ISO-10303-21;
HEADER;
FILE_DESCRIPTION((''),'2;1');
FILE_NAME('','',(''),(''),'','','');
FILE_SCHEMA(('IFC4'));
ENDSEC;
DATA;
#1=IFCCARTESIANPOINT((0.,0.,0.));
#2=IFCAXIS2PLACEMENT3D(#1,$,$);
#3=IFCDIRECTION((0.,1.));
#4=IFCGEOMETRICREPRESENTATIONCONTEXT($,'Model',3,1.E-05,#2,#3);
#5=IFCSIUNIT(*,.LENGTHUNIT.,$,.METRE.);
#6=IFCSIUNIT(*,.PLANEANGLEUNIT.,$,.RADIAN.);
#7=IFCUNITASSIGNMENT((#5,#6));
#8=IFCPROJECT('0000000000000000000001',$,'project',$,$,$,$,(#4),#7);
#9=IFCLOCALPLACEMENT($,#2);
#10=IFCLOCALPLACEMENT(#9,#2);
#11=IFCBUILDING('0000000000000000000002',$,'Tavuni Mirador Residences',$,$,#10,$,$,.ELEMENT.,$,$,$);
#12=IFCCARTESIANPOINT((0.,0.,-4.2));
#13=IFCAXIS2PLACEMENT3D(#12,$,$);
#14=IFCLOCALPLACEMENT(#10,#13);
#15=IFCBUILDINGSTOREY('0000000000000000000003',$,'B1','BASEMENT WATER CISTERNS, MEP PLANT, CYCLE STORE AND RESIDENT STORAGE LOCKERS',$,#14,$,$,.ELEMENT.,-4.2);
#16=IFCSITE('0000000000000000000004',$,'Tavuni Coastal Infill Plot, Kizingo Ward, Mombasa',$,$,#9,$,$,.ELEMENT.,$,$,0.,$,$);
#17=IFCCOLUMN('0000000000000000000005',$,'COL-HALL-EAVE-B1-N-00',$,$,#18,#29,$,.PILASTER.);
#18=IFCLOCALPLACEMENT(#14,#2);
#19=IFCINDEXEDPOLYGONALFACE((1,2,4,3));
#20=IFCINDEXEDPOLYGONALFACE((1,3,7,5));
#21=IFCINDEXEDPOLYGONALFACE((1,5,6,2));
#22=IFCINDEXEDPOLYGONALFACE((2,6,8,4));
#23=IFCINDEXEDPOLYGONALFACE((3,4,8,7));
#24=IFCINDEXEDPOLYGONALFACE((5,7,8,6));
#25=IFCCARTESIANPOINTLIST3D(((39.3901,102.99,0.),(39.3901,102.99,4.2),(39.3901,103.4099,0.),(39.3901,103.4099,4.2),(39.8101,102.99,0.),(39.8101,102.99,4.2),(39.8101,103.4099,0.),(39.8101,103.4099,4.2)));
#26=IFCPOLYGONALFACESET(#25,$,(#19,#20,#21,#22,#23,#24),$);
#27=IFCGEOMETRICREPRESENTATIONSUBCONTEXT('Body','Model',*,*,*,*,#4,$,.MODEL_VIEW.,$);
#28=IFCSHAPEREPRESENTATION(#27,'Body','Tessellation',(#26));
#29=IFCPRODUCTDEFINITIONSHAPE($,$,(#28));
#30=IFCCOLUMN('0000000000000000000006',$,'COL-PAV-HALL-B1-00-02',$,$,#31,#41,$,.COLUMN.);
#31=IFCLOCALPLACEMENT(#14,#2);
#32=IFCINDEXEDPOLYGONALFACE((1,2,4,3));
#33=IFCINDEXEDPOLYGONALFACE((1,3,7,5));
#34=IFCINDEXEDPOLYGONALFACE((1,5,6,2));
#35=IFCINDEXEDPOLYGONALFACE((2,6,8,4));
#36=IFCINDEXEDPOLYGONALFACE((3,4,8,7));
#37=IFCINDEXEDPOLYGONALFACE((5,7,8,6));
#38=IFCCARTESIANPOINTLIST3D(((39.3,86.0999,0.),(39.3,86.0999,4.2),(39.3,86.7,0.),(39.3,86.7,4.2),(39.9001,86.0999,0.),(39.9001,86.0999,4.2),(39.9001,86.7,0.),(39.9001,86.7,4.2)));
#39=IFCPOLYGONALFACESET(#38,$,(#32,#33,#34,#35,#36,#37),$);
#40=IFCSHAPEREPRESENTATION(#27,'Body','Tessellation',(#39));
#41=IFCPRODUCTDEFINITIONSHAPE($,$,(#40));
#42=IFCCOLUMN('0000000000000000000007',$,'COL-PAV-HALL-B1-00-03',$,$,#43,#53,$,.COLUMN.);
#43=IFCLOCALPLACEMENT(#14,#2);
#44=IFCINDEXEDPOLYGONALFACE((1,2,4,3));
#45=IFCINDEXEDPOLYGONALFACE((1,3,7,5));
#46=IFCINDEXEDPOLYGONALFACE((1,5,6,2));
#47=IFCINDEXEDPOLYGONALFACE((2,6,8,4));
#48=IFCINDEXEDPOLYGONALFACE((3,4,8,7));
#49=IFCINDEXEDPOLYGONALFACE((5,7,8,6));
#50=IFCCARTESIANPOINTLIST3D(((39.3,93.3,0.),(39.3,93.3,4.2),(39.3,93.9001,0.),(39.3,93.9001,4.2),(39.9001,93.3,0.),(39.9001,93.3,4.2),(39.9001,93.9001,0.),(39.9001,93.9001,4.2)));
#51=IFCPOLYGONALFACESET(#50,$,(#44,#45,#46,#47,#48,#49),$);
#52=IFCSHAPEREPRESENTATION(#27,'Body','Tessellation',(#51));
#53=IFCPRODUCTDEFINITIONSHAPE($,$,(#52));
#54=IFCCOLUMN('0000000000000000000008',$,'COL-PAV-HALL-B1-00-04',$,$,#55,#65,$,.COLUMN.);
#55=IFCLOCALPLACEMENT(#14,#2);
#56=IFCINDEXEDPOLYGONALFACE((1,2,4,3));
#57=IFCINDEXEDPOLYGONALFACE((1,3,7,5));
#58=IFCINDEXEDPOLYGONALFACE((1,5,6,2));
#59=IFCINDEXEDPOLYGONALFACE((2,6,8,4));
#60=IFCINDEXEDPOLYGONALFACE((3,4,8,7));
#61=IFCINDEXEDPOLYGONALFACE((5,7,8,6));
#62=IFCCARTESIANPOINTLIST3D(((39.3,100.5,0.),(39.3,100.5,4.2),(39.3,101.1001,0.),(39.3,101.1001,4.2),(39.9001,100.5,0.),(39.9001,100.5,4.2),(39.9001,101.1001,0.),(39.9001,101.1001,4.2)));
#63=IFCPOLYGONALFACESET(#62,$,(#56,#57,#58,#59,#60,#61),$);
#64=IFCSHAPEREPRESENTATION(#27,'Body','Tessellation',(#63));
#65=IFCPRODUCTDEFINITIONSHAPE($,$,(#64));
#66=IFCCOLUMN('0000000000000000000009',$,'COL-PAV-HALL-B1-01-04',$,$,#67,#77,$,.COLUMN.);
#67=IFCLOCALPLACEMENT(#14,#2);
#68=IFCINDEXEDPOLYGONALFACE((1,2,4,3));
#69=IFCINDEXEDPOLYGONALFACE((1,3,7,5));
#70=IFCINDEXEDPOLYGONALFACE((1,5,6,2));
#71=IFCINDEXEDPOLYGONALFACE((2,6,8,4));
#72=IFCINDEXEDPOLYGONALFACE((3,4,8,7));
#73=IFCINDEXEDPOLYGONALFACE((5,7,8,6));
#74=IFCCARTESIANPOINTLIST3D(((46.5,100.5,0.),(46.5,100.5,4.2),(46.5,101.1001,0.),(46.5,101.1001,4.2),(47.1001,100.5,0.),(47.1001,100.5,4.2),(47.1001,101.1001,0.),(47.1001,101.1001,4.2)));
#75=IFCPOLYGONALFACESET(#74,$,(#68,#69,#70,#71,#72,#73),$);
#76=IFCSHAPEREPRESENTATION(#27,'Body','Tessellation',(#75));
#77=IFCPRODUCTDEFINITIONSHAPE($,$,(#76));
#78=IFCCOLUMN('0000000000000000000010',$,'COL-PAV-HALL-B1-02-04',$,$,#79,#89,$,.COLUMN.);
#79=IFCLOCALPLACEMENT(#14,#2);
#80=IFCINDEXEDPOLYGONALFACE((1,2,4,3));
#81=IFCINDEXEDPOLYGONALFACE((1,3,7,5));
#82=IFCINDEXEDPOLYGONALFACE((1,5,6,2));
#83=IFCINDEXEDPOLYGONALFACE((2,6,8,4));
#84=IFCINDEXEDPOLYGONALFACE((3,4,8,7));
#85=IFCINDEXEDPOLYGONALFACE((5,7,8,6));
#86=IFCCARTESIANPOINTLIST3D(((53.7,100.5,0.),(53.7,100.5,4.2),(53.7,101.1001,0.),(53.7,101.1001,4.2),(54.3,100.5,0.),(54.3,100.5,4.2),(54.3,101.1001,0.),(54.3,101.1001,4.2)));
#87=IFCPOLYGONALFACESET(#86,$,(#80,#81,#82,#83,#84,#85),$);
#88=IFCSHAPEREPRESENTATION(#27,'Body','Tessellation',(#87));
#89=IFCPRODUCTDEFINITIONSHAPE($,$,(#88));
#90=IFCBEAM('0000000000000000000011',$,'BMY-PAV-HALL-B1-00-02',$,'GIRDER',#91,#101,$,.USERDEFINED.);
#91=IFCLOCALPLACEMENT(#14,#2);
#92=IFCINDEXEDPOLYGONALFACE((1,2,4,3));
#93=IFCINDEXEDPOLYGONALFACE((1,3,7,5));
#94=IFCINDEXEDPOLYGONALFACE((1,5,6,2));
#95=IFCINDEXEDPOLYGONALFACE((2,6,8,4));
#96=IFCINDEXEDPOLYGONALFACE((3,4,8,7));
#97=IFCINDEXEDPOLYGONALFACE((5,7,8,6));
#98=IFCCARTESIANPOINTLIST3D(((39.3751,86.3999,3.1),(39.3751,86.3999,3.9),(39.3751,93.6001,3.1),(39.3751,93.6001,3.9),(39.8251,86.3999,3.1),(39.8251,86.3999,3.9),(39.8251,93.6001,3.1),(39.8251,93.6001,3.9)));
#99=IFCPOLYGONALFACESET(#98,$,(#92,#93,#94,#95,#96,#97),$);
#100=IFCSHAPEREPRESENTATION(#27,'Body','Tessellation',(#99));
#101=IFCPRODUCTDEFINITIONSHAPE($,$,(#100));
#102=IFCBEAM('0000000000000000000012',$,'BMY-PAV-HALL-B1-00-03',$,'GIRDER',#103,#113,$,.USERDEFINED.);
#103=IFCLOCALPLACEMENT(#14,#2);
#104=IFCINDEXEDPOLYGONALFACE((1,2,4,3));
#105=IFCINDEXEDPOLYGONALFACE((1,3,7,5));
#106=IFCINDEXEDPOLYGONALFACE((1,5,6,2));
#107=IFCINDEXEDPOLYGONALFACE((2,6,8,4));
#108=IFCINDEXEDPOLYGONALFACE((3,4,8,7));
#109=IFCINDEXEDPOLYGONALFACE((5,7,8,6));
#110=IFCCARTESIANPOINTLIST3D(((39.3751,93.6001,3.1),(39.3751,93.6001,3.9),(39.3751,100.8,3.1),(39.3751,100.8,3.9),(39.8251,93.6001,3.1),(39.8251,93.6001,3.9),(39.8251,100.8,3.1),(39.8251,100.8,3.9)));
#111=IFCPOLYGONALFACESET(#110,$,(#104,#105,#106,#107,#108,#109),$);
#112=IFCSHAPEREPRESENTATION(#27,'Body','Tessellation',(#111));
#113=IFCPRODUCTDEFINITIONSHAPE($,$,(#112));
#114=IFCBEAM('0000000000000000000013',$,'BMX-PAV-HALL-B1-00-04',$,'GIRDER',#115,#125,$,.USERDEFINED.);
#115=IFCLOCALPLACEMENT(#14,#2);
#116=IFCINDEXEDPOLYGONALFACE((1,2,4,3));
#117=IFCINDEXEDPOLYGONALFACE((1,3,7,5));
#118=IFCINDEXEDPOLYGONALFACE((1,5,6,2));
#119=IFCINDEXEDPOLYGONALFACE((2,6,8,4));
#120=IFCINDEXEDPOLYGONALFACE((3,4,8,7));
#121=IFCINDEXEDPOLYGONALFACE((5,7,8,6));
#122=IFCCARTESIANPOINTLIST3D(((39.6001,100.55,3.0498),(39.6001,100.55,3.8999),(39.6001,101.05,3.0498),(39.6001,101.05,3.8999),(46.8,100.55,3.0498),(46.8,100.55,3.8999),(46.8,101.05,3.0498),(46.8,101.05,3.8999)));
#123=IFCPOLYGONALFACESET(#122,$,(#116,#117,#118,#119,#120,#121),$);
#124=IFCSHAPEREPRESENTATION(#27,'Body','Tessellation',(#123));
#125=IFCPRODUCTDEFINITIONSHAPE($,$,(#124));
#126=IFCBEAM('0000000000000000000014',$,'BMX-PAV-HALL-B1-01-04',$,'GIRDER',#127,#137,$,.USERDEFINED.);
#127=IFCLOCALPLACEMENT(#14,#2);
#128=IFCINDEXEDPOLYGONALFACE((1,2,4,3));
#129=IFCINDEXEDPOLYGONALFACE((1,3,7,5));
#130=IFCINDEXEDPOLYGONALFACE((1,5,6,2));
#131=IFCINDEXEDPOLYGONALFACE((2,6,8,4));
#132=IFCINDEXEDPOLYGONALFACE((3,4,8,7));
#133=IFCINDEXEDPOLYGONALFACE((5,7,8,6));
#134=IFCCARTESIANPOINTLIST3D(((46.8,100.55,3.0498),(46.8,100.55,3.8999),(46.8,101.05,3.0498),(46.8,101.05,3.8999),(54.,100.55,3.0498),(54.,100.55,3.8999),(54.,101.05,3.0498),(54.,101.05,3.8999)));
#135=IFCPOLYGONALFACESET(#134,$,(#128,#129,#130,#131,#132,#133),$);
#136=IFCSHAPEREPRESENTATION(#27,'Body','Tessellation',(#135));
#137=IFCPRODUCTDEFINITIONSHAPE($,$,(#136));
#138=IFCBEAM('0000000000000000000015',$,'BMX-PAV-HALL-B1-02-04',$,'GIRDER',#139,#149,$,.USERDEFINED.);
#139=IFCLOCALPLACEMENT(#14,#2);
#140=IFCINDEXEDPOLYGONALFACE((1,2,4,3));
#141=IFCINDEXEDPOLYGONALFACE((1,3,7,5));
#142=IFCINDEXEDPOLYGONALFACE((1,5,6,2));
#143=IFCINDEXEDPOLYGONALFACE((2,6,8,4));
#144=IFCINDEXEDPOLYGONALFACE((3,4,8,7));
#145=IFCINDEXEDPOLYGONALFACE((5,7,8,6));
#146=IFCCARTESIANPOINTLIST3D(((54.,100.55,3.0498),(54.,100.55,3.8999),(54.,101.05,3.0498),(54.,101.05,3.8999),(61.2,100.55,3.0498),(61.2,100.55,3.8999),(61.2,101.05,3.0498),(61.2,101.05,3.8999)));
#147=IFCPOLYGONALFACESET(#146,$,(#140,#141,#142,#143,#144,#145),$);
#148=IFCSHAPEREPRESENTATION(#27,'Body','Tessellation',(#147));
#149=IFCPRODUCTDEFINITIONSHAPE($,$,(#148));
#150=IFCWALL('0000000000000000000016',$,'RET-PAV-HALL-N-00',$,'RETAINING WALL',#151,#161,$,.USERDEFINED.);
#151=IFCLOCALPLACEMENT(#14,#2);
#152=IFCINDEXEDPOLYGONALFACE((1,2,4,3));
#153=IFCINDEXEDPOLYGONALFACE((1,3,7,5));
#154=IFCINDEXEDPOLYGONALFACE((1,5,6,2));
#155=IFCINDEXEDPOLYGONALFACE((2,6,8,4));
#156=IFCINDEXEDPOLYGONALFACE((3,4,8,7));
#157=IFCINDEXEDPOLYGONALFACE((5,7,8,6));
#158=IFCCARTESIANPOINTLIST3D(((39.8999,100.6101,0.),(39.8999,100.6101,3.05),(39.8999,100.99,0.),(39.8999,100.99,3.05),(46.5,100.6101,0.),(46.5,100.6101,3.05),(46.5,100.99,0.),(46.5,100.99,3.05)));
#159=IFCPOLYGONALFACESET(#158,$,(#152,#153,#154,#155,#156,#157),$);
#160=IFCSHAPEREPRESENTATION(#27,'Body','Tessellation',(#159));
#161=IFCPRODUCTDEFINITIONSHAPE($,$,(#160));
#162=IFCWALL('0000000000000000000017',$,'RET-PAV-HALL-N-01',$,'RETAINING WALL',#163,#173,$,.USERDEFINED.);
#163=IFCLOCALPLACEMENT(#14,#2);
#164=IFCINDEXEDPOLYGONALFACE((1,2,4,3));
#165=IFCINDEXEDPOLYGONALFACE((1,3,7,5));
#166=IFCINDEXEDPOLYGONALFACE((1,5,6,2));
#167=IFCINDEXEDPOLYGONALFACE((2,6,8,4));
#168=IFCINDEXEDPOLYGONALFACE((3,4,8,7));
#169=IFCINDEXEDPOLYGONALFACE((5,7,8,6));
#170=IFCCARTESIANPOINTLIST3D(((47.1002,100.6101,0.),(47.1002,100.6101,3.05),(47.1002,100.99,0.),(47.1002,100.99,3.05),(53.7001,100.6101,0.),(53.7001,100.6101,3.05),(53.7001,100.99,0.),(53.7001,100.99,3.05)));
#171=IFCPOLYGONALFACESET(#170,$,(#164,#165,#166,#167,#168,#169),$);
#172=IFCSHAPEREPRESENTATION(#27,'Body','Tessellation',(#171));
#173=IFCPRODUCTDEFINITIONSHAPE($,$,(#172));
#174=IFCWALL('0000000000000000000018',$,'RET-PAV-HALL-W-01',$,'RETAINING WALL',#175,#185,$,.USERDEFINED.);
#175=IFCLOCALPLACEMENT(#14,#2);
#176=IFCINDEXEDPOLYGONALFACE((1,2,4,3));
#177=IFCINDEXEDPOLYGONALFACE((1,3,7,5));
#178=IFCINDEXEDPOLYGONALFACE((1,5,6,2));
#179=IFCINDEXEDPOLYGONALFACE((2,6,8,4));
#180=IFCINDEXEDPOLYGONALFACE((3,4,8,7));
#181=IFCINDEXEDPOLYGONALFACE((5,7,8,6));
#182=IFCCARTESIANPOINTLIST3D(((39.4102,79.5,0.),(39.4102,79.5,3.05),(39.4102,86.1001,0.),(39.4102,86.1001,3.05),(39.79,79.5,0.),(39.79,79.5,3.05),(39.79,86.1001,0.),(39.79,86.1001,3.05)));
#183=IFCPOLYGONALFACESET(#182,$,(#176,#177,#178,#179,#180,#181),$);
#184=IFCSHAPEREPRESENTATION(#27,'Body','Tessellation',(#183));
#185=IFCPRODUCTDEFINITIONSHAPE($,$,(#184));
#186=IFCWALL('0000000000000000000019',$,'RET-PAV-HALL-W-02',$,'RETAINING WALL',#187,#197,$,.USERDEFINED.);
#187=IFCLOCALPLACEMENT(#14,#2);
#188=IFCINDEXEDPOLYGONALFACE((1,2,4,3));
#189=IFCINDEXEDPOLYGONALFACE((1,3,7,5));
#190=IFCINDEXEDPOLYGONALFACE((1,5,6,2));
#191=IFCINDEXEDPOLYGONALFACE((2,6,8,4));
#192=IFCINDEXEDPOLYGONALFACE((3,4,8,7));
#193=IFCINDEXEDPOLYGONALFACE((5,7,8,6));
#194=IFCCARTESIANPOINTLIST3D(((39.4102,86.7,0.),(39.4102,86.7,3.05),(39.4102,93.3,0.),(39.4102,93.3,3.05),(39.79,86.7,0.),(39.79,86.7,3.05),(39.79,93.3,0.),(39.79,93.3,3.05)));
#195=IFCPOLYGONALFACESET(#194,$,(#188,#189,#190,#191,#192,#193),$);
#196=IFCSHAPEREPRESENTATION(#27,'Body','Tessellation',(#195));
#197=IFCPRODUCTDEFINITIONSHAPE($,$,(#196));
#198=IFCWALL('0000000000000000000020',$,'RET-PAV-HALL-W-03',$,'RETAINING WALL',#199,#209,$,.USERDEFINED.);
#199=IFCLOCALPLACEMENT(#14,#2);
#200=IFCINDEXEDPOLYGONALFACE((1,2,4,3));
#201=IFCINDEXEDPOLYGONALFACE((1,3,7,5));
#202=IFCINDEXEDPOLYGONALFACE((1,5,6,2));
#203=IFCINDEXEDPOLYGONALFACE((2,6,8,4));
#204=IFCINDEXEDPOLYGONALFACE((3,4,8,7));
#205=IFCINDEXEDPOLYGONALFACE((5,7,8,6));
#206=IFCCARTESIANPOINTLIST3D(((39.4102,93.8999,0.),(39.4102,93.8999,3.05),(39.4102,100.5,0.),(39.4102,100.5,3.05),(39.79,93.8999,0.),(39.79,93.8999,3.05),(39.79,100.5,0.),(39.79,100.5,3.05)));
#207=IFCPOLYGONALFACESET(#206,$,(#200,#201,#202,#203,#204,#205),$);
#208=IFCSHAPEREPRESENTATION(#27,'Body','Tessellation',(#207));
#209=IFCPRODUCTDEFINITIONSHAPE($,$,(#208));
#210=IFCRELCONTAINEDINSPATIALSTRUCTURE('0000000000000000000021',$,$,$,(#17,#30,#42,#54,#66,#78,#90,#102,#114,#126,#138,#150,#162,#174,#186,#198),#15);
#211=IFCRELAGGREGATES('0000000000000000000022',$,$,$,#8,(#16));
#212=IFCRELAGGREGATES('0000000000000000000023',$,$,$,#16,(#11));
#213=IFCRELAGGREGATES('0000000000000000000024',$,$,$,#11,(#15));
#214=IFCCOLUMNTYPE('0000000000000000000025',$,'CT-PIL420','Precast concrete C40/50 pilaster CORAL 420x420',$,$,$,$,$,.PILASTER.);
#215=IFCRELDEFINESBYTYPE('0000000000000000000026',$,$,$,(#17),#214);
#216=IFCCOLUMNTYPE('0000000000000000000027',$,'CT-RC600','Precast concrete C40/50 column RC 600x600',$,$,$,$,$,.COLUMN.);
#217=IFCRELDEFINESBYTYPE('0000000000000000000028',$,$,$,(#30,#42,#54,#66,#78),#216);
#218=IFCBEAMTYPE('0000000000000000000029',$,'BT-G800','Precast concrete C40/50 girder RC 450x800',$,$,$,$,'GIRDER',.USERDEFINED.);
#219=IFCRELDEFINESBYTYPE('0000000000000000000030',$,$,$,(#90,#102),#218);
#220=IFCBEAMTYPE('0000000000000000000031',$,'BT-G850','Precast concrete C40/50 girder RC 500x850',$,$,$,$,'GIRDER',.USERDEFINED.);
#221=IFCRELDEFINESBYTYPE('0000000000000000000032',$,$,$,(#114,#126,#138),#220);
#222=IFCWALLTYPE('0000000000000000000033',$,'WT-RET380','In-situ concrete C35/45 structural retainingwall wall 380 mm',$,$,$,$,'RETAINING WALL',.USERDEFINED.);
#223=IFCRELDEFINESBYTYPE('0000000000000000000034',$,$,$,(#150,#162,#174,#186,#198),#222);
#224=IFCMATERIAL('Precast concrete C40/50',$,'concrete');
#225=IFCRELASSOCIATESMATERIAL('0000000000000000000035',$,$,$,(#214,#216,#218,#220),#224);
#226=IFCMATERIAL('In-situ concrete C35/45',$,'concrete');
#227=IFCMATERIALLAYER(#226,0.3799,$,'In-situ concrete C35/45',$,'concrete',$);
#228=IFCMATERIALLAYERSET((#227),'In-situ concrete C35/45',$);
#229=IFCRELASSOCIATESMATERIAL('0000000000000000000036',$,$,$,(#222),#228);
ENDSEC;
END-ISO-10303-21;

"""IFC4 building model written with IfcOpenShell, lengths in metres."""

from ifc_helpers import new_model, si_unit, direction, frame, frame_2d, origin, origin_2d, place, context, subcontext, project, spatial, rectangle, extrude, material, layer, layer_set, material_profile, profile_set, type_object, element, save


model = new_model("IFC4")

# Units and contexts
model_context = context("Model", 3, precision=1e-05, world=origin(), true_north=direction((0.0, 1.0)))
body_context = subcontext(model_context, "Body", "Model", "MODEL_VIEW")
ifc_project = project(units=[si_unit("LENGTHUNIT", "METRE"), si_unit("PLANEANGLEUNIT", "RADIAN")], contexts=[model_context])

# Site, building, storey
site_placement = place(None, origin())
site = spatial("IfcSite", under=ifc_project, at=site_placement, Name="Tavuni Coastal Infill Plot, Kizingo Ward, Mombasa", CompositionType="ELEMENT", RefElevation=0.0)
building_placement = place(site_placement, origin())
building = spatial("IfcBuilding", under=site, at=building_placement, Name="Tavuni Mirador Residences", CompositionType="ELEMENT")
storey_placement = place(building_placement, frame((0.0, 0.0, -4.2)))
storey = spatial("IfcBuildingStorey", under=building, at=storey_placement, Name="B1", Description="BASEMENT WATER CISTERNS, MEP PLANT, CYCLE STORE AND RESIDENT STORAGE LOCKERS", CompositionType="ELEMENT", Elevation=-4.2)

# Shared definitions
ifc_material_1 = material(Name="In-situ concrete C35/45", Category="concrete")

# Columns
ifc_material_2 = material(Name="Precast concrete C40/50", Category="concrete")
ifc_material_profile_1 = material_profile(ifc_material_2, rectangle(XDim=0.4199, YDim=0.4199, at=origin_2d()), Name="CORAL 420x420", Category="concrete")
ifc_profile_set_1 = profile_set([ifc_material_profile_1], Name="Precast concrete C40/50")
column_type_1 = type_object("IfcColumnType", Name="CT-PIL420", Description="Precast concrete C40/50 pilaster CORAL 420x420", PredefinedType="PILASTER", material=ifc_profile_set_1)
for number, where, z_axis, x_axis, name in (
    (1, (39.6001, 103.2, 0.0), (0.0, 0.0, 1.0), (1.0, 0.0, 0.0), "COL-HALL-EAVE-B1-N-00"),
):
    element("IfcColumn", number, at=place(storey_placement, frame(where, z_axis=z_axis, x_axis=x_axis)), inside=storey, type_object=column_type_1, Name=name, PredefinedType="PILASTER", context=body_context, shape_type="SweptSolid", body=[
        extrude(rectangle(XDim=0.4199, YDim=0.4199, at=origin_2d()), origin(), (0.0, 0.0, 1.0), 4.2),
    ])
ifc_material_profile_2 = material_profile(ifc_material_2, rectangle(XDim=0.6001, YDim=0.6001, at=origin_2d()), Name="RC 600x600", Category="concrete")
ifc_profile_set_2 = profile_set([ifc_material_profile_2], Name="Precast concrete C40/50")
column_type_2 = type_object("IfcColumnType", Name="CT-RC600", Description="Precast concrete C40/50 column RC 600x600", PredefinedType="COLUMN", material=ifc_profile_set_2)
for number, where, z_axis, x_axis, name in (
    (2, (39.6001, 86.3999, 0.0), (0.0, 0.0, 1.0), (1.0, 0.0, 0.0), "COL-PAV-HALL-B1-00-02"),
    (3, (39.6001, 93.6001, 0.0), (0.0, 0.0, 1.0), (1.0, 0.0, 0.0), "COL-PAV-HALL-B1-00-03"),
    (4, (39.6001, 100.8, 0.0), (0.0, 0.0, 1.0), (1.0, 0.0, 0.0), "COL-PAV-HALL-B1-00-04"),
    (5, (46.8, 100.8, 0.0), (0.0, 0.0, 1.0), (1.0, 0.0, 0.0), "COL-PAV-HALL-B1-01-04"),
    (6, (54.0, 100.8, 0.0), (0.0, 0.0, 1.0), (1.0, 0.0, 0.0), "COL-PAV-HALL-B1-02-04"),
):
    element("IfcColumn", number, at=place(storey_placement, frame(where, z_axis=z_axis, x_axis=x_axis)), inside=storey, type_object=column_type_2, Name=name, PredefinedType="COLUMN", context=body_context, shape_type="SweptSolid", body=[
        extrude(rectangle(XDim=0.6001, YDim=0.6001, at=origin_2d()), origin(), (0.0, 0.0, 1.0), 4.2),
    ])

# Beams
ifc_material_profile_3 = material_profile(ifc_material_2, rectangle(XDim=0.45, YDim=0.8, at=origin_2d()), Name="RC 450x800", Category="concrete")
ifc_profile_set_3 = profile_set([ifc_material_profile_3], Name="Precast concrete C40/50")
beam_type_1 = type_object("IfcBeamType", Name="BT-G800", Description="Precast concrete C40/50 girder RC 450x800", ElementType="GIRDER", PredefinedType="USERDEFINED", material=ifc_profile_set_3)
beam_1_placement = place(storey_placement, frame((39.6001, 86.3999, 3.5), z_axis=(0.0, 1.0, 0.0), x_axis=(-1.0, 0.0, 0.0)))
element("IfcBeam", 7, at=beam_1_placement, inside=storey, type_object=beam_type_1, Name="BMY-PAV-HALL-B1-00-02", ObjectType="GIRDER", PredefinedType="USERDEFINED", context=body_context, shape_type="SweptSolid", body=[
    extrude(rectangle(XDim=0.45, YDim=0.8, at=origin_2d()), origin(), (0.0, 0.0, 1.0), 7.2002),
])
beam_2_placement = place(storey_placement, frame((39.6001, 93.6001, 3.5), z_axis=(0.0, 1.0, 0.0), x_axis=(-1.0, 0.0, 0.0)))
element("IfcBeam", 8, at=beam_2_placement, inside=storey, type_object=beam_type_1, Name="BMY-PAV-HALL-B1-00-03", ObjectType="GIRDER", PredefinedType="USERDEFINED", context=body_context, shape_type="SweptSolid", body=[
    extrude(rectangle(XDim=0.45, YDim=0.8, at=origin_2d()), origin(), (0.0, 0.0, 1.0), 7.2),
])
ifc_material_profile_4 = material_profile(ifc_material_2, rectangle(XDim=0.5, YDim=0.8501, at=origin_2d()), Name="RC 500x850", Category="concrete")
ifc_profile_set_4 = profile_set([ifc_material_profile_4], Name="Precast concrete C40/50")
beam_type_2 = type_object("IfcBeamType", Name="BT-G850", Description="Precast concrete C40/50 girder RC 500x850", ElementType="GIRDER", PredefinedType="USERDEFINED", material=ifc_profile_set_4)
for number, where, z_axis, x_axis, name in (
    (9, (39.6001, 100.8, 3.4749), (1.0, 0.0, 0.0), (0.0, 1.0, 0.0), "BMX-PAV-HALL-B1-00-04"),
    (10, (46.8, 100.8, 3.4749), (1.0, 0.0, 0.0), (0.0, 1.0, 0.0), "BMX-PAV-HALL-B1-01-04"),
    (11, (54.0, 100.8, 3.4749), (1.0, 0.0, 0.0), (0.0, 1.0, 0.0), "BMX-PAV-HALL-B1-02-04"),
):
    element("IfcBeam", number, at=place(storey_placement, frame(where, z_axis=z_axis, x_axis=x_axis)), inside=storey, type_object=beam_type_2, Name=name, ObjectType="GIRDER", PredefinedType="USERDEFINED", context=body_context, shape_type="SweptSolid", body=[
        extrude(rectangle(XDim=0.5, YDim=0.8501, at=origin_2d()), origin(), (0.0, 0.0, 1.0), 7.2),
    ])

# Walls
ifc_layer_1 = layer(ifc_material_1, 0.3799, Name="In-situ concrete C35/45", Category="concrete")
ifc_layer_set_1 = layer_set([ifc_layer_1], Name="In-situ concrete C35/45")
wall_type_1 = type_object("IfcWallType", Name="WT-RET380", Description="In-situ concrete C35/45 structural retainingwall wall 380 mm", ElementType="RETAINING WALL", PredefinedType="USERDEFINED", material=ifc_layer_set_1)
wall_1_placement = place(storey_placement, frame((46.5, 100.8, 0.0), z_axis=(0.0, 0.0, 1.0), x_axis=(-1.0, 0.0, 0.0)))
element("IfcWall", 12, at=wall_1_placement, inside=storey, type_object=wall_type_1, Name="RET-PAV-HALL-N-00", ObjectType="RETAINING WALL", PredefinedType="USERDEFINED", context=body_context, shape_type="SweptSolid", body=[
    extrude(rectangle(XDim=6.6001, YDim=0.3799, at=frame_2d((3.3, 0.0))), origin(), (0.0, 0.0, 1.0), 3.05),
])
wall_2_placement = place(storey_placement, frame((53.7, 100.8, 0.0), z_axis=(0.0, 0.0, 1.0), x_axis=(-1.0, 0.0, 0.0)))
element("IfcWall", 13, at=wall_2_placement, inside=storey, type_object=wall_type_1, Name="RET-PAV-HALL-N-01", ObjectType="RETAINING WALL", PredefinedType="USERDEFINED", context=body_context, shape_type="SweptSolid", body=[
    extrude(rectangle(XDim=6.5999, YDim=0.3799, at=frame_2d((3.2998, 0.0))), origin(), (0.0, 0.0, 1.0), 3.05),
])
for number, where, z_axis, x_axis, name in (
    (14, (39.6001, 86.1001, 0.0), (0.0, 0.0, 1.0), (0.0, -1.0, 0.0), "RET-PAV-HALL-W-01"),
    (15, (39.6001, 93.3, 0.0), (0.0, 0.0, 1.0), (0.0, -1.0, 0.0), "RET-PAV-HALL-W-02"),
    (16, (39.6001, 100.5, 0.0), (0.0, 0.0, 1.0), (0.0, -1.0, 0.0), "RET-PAV-HALL-W-03"),
):
    element("IfcWall", number, at=place(storey_placement, frame(where, z_axis=z_axis, x_axis=x_axis)), inside=storey, type_object=wall_type_1, Name=name, ObjectType="RETAINING WALL", PredefinedType="USERDEFINED", context=body_context, shape_type="SweptSolid", body=[
        extrude(rectangle(XDim=6.6001, YDim=0.3799, at=frame_2d((3.3, 0.0))), origin(), (0.0, 0.0, 1.0), 3.05),
    ])

save(model, "model.ifc")
